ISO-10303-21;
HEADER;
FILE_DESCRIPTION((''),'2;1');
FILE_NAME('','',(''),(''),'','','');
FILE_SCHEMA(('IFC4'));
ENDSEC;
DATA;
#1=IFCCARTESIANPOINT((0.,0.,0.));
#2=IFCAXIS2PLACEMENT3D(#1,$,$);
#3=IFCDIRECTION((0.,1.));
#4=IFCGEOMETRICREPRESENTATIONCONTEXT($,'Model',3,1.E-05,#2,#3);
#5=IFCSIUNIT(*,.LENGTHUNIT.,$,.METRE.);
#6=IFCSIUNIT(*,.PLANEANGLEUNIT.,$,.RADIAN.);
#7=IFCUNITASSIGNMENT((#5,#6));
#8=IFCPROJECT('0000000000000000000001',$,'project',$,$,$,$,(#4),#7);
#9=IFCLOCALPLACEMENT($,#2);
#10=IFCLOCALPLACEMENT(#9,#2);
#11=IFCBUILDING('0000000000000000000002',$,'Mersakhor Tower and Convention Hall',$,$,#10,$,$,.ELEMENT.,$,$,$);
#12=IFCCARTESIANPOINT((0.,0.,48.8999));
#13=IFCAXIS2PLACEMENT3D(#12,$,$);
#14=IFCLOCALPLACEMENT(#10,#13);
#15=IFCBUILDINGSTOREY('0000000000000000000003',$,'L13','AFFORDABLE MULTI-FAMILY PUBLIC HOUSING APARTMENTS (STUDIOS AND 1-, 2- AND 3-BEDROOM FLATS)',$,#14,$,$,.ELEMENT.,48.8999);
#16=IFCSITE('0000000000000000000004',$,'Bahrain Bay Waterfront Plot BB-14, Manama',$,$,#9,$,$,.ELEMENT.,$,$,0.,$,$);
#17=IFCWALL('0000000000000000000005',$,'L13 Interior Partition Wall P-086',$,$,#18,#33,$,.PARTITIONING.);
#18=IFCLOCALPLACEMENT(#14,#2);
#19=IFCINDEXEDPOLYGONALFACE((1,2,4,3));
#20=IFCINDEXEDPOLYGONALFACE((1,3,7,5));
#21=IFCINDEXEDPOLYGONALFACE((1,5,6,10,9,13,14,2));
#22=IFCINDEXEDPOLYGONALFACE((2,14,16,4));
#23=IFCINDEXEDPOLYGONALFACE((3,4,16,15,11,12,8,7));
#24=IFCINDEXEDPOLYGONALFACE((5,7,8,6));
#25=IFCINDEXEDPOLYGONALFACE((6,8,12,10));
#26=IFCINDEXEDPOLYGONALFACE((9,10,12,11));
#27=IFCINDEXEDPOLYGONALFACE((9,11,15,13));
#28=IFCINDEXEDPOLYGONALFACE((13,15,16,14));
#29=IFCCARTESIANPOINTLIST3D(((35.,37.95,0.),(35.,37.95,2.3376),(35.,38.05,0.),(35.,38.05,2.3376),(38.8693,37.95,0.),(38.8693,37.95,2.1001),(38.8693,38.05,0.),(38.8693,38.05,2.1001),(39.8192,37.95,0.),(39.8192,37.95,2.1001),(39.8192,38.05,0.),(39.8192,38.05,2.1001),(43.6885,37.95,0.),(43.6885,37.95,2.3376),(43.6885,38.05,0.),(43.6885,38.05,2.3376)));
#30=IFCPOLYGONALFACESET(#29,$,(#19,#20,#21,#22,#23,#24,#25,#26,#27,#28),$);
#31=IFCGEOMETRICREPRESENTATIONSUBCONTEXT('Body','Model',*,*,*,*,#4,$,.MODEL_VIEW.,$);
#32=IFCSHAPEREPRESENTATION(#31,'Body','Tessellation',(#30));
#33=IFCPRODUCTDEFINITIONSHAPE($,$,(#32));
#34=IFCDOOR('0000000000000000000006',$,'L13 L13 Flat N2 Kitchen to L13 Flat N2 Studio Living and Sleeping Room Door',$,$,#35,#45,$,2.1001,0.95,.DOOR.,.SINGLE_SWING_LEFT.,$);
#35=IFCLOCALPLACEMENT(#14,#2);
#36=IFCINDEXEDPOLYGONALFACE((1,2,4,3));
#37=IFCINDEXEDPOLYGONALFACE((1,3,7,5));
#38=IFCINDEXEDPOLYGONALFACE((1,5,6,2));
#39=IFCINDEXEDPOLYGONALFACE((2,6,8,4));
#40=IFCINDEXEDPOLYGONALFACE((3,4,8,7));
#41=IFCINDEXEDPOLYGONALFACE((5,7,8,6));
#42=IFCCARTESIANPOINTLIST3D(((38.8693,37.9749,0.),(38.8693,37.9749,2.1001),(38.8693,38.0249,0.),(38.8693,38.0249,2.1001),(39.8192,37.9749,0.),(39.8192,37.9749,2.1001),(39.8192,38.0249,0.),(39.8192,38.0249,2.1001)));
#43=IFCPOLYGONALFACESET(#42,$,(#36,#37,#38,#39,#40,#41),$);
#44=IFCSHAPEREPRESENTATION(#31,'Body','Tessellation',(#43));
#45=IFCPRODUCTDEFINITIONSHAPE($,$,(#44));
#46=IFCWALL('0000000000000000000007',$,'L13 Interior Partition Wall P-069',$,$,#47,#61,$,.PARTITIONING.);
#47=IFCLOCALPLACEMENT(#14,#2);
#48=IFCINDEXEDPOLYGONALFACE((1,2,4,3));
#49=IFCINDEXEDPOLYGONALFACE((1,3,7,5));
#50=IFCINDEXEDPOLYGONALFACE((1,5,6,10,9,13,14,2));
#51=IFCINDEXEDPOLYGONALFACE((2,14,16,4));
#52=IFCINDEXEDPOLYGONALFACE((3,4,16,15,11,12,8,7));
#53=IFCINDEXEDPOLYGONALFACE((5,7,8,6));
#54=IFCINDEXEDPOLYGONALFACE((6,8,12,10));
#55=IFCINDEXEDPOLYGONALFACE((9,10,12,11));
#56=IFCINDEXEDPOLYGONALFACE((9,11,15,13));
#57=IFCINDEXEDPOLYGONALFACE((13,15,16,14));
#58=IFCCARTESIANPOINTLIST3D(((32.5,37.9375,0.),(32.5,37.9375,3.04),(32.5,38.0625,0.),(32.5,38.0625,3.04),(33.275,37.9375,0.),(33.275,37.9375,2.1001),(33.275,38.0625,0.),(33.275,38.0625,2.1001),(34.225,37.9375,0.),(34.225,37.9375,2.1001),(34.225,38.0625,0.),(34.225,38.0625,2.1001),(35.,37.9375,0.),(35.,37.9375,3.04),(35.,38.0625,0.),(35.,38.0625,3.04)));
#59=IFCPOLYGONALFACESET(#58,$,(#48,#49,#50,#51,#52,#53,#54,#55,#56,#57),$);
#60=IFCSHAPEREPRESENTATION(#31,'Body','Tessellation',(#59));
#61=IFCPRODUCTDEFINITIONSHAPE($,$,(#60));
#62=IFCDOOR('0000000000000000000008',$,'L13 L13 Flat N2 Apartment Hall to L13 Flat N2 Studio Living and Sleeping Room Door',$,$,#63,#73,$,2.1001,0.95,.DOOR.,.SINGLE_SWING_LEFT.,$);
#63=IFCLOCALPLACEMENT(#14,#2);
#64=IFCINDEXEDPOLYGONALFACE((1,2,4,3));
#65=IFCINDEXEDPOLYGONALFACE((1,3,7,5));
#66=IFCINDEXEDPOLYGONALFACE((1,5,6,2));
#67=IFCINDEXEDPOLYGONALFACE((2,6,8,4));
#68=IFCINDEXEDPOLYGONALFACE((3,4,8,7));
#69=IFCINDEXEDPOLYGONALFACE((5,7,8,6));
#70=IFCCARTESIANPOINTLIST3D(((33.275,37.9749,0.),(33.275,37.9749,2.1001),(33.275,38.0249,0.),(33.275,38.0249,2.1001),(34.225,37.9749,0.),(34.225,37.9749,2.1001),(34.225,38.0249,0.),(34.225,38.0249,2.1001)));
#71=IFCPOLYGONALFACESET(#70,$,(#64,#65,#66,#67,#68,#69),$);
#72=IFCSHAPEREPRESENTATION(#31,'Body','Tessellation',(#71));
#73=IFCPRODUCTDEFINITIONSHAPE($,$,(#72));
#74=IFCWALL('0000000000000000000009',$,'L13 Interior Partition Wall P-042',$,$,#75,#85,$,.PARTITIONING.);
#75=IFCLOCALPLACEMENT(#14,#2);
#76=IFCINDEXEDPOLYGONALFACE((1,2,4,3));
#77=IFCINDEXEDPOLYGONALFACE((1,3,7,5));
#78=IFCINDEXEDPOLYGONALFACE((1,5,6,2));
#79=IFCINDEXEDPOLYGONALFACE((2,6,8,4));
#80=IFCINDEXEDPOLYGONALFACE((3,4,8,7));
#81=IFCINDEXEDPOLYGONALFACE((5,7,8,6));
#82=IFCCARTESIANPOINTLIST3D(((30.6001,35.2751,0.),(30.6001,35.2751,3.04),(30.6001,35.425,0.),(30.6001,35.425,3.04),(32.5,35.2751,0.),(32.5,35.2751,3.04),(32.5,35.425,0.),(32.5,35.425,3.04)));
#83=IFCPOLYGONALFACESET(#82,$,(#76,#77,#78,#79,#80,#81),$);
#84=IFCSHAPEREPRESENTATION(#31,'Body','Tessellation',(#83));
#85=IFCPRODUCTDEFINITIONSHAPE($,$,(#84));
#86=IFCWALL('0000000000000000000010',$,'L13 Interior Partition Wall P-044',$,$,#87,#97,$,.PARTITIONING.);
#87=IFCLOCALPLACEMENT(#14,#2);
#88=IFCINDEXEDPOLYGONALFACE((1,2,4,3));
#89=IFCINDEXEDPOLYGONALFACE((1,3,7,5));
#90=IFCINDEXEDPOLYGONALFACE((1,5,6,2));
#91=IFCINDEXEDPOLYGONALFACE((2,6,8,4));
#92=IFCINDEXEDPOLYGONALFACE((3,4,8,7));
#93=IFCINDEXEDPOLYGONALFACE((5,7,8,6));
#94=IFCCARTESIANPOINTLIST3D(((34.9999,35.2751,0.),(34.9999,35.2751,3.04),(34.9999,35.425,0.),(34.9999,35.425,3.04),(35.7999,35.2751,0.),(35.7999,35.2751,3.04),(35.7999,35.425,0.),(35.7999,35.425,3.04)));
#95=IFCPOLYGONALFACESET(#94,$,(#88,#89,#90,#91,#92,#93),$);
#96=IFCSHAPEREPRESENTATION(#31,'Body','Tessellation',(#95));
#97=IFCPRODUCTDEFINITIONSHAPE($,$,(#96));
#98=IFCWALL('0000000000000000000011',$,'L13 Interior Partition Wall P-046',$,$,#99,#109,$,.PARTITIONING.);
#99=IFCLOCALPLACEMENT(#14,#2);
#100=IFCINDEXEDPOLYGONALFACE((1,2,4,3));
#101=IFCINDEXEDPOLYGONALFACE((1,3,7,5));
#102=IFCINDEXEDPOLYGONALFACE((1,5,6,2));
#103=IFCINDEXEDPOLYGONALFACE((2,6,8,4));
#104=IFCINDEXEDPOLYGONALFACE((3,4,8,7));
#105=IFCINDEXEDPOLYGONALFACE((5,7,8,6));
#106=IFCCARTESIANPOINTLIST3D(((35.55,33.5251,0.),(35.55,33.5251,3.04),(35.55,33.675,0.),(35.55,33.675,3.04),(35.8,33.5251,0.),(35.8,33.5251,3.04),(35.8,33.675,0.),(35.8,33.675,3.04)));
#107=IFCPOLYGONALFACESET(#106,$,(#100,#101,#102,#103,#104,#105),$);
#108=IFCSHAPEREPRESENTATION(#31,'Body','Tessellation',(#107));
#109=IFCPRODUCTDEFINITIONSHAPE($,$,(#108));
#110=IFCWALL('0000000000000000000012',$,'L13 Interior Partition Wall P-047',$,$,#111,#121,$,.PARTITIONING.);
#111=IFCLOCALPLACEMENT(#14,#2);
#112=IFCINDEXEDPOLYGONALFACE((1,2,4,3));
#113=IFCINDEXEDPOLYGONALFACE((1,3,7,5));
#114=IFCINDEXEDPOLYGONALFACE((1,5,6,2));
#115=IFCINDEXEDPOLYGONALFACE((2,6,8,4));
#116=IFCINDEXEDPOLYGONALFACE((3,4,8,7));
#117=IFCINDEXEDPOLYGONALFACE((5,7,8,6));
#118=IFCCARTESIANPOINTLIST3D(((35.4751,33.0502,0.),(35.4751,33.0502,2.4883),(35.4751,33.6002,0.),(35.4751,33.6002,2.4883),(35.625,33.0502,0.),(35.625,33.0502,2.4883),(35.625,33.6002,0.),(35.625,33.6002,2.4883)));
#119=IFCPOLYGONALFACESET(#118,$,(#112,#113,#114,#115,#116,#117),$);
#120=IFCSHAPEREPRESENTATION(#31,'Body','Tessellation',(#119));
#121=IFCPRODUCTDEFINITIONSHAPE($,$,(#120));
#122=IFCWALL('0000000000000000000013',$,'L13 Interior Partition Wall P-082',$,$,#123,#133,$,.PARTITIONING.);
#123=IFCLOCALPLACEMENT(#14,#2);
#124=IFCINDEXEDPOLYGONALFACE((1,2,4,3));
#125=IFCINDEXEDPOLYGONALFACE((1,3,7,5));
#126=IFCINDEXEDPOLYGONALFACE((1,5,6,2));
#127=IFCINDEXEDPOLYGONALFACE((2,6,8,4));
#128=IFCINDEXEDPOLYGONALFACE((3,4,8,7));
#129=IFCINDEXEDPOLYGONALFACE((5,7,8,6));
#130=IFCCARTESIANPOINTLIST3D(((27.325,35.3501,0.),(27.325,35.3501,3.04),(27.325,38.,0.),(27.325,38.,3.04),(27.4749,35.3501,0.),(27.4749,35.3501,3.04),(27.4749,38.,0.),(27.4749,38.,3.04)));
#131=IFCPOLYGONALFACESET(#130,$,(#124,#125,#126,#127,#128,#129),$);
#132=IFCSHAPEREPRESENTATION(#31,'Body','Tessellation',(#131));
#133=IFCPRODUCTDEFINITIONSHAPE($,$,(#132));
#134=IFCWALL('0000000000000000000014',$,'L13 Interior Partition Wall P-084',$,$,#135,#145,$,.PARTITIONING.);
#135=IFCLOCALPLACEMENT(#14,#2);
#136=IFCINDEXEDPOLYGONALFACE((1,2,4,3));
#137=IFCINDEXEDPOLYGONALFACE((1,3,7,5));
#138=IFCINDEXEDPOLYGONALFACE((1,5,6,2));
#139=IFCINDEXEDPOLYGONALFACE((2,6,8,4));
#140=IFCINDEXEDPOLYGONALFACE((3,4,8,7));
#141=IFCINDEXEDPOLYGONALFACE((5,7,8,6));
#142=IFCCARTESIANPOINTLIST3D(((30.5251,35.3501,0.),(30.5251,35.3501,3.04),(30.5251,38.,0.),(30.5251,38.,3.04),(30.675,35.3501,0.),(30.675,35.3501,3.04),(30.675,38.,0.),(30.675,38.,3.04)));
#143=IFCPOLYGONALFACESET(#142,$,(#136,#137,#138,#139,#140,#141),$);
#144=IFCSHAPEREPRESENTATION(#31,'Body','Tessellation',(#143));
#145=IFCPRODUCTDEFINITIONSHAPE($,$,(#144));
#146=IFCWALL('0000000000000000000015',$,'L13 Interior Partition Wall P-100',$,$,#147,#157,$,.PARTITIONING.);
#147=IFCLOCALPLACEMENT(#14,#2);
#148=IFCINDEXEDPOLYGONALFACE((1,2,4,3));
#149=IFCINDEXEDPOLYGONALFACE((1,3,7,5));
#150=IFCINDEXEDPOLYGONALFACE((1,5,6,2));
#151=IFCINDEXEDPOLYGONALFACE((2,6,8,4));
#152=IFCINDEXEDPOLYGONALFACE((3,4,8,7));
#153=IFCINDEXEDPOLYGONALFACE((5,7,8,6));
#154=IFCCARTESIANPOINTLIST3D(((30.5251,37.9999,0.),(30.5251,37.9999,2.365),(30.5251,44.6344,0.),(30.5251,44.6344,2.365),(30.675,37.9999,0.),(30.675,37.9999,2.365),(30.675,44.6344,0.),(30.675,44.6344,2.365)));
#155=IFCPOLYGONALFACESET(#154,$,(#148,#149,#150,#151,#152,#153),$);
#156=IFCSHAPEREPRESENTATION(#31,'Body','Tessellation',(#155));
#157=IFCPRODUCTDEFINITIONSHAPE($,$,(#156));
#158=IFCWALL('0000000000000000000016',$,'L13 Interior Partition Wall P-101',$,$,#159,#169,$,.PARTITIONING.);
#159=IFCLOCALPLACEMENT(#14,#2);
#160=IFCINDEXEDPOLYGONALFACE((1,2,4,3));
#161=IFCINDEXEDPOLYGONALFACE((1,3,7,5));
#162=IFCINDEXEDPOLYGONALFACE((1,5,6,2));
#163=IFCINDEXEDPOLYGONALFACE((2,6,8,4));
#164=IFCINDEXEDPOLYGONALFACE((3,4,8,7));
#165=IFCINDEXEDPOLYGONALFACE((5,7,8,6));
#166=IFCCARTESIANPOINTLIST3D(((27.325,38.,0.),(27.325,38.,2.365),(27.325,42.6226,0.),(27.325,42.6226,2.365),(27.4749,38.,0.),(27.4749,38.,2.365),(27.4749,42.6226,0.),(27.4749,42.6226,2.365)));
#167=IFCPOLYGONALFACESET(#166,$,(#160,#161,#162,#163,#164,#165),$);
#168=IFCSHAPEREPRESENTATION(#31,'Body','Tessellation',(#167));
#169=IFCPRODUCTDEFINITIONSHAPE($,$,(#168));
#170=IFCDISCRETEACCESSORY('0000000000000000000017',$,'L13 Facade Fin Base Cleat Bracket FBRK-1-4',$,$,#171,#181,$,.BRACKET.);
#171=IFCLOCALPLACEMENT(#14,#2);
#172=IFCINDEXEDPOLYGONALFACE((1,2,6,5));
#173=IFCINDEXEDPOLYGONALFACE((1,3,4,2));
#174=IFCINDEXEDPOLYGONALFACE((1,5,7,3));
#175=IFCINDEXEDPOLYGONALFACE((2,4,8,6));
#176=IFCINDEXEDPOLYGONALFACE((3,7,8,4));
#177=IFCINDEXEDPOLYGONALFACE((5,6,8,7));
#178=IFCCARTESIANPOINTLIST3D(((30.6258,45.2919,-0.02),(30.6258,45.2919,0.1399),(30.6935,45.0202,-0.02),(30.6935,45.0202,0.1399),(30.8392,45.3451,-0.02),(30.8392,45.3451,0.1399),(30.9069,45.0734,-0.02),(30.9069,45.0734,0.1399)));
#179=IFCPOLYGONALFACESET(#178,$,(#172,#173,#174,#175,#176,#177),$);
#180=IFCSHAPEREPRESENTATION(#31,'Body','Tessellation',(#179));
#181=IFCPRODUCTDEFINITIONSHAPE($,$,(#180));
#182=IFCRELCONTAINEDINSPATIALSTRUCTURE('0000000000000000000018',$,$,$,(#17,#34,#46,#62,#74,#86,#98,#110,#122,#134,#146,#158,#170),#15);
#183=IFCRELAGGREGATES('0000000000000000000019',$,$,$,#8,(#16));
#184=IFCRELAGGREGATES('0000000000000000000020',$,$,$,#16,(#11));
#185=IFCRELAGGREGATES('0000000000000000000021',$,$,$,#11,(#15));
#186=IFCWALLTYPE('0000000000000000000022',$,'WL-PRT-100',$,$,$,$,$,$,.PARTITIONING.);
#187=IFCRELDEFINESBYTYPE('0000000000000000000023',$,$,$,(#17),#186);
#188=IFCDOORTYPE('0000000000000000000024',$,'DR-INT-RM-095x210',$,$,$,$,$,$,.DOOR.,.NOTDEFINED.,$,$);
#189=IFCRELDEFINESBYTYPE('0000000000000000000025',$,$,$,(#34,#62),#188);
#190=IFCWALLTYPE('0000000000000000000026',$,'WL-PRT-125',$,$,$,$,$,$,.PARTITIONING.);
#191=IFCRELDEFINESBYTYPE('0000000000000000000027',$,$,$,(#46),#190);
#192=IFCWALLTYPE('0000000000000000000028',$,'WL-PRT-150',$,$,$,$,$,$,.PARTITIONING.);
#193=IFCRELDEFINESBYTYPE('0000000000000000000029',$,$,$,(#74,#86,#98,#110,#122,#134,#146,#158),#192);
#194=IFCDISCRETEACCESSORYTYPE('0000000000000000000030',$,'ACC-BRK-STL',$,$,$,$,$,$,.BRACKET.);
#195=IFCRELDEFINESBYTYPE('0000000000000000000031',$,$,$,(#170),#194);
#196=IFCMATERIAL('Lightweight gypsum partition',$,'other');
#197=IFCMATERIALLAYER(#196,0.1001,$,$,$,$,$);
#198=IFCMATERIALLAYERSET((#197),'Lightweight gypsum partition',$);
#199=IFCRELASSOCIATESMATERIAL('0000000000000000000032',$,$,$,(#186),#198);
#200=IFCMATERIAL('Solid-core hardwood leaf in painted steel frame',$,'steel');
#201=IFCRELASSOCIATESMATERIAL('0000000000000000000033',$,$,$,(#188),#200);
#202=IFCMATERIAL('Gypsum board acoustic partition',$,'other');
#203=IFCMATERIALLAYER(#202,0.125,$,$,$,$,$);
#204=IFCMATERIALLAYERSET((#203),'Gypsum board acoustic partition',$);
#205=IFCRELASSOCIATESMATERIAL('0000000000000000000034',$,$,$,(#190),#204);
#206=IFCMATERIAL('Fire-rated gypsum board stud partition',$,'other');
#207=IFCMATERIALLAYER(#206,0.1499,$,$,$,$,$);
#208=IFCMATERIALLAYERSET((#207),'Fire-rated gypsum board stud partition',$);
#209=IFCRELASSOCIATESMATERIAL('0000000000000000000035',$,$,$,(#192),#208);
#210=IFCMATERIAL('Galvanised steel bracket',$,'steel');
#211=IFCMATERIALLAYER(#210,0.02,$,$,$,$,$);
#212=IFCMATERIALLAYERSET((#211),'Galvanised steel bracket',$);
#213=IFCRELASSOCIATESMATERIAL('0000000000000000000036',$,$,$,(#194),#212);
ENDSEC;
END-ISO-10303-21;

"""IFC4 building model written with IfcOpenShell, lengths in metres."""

from ifc_helpers import new_model, si_unit, direction, frame, frame_2d, origin, origin_2d, place, context, subcontext, project, spatial, rectangle, extrude, material, layer, layer_set, type_object, element, fill, save


model = new_model("IFC4")

# Units and contexts
model_context = context("Model", 3, precision=1e-05, world=origin(), true_north=direction((0.0, 1.0)))
body_context = subcontext(model_context, "Body", "Model", "MODEL_VIEW")
ifc_project = project(units=[si_unit("LENGTHUNIT", "METRE"), si_unit("PLANEANGLEUNIT", "RADIAN")], contexts=[model_context])

# Site, building, storey
site_placement = place(None, origin())
site = spatial("IfcSite", under=ifc_project, at=site_placement, Name="Bahrain Bay Waterfront Plot BB-14, Manama", CompositionType="ELEMENT", RefElevation=0.0)
building_placement = place(site_placement, origin())
building = spatial("IfcBuilding", under=site, at=building_placement, Name="Mersakhor Tower and Convention Hall", CompositionType="ELEMENT")
storey_placement = place(building_placement, frame((0.0, 0.0, 48.8999)))
storey = spatial("IfcBuildingStorey", under=building, at=storey_placement, Name="L13", Description="AFFORDABLE MULTI-FAMILY PUBLIC HOUSING APARTMENTS (STUDIOS AND 1-, 2- AND 3-BEDROOM FLATS)", CompositionType="ELEMENT", Elevation=48.8999)

# Walls, openings, doors
ifc_material_1 = material(Name="Lightweight gypsum partition", Category="other")
ifc_layer_1 = layer(ifc_material_1, 0.1001)
ifc_layer_set_1 = layer_set([ifc_layer_1], Name="Lightweight gypsum partition")
wall_type_1 = type_object("IfcWallType", Name="WL-PRT-100", PredefinedType="PARTITIONING", material=ifc_layer_set_1)
ifc_material_2 = material(Name="Solid-core hardwood leaf in painted steel frame", Category="steel")
door_type_1 = type_object("IfcDoorType", Name="DR-INT-RM-095x210", OperationType="NOTDEFINED", PredefinedType="DOOR", material=ifc_material_2)
wall_1_placement = place(storey_placement, frame((35.0, 38.0, 0.0), z_axis=(0.0, 0.0, 1.0), x_axis=(1.0, 0.0, 0.0)))
wall_1 = element("IfcWall", 1, at=wall_1_placement, inside=storey, type_object=wall_type_1, Name="L13 Interior Partition Wall P-086", PredefinedType="PARTITIONING", context=body_context, shape_type="SweptSolid", body=[
    extrude(rectangle(XDim=8.6885, YDim=0.1001, at=frame_2d((4.3442, 0.0))), origin(), (0.0, 0.0, 1.0), 2.3376),
])
opening_1_placement = place(wall_1_placement, frame((3.8691, 0.0, 0.0)))
opening_1 = element("IfcOpeningElement", 2, at=opening_1_placement, cuts=wall_1, PredefinedType="OPENING", context=body_context, shape_type="SweptSolid", body=[
    extrude(rectangle(XDim=0.95, YDim=2.1001, at=frame_2d((0.4751, 1.05))), frame((0.0, 0.0601, 0.0), z_axis=(0.0, -1.0, 0.0), x_axis=(1.0, 0.0, 0.0)), (0.0, 0.0, 1.0), 0.1201),
])
door_1_placement = place(opening_1_placement, origin())
door_1 = element("IfcDoor", 3, at=door_1_placement, inside=storey, type_object=door_type_1, Name="L13 L13 Flat N2 Kitchen to L13 Flat N2 Studio Living and Sleeping Room Door", OperationType="SINGLE_SWING_LEFT", OverallHeight=2.1001, OverallWidth=0.95, PredefinedType="DOOR", context=body_context, shape_type="SweptSolid", body=[
    extrude(rectangle(XDim=0.95, YDim=2.1001, at=frame_2d((0.4751, 1.05))), frame((0.0, 0.0249, 0.0), z_axis=(0.0, -1.0, 0.0), x_axis=(1.0, 0.0, 0.0)), (0.0, 0.0, 1.0), 0.05),
])
fill(opening_1, door_1)
ifc_material_3 = material(Name="Gypsum board acoustic partition", Category="other")
ifc_layer_2 = layer(ifc_material_3, 0.125)
ifc_layer_set_2 = layer_set([ifc_layer_2], Name="Gypsum board acoustic partition")
wall_type_2 = type_object("IfcWallType", Name="WL-PRT-125", PredefinedType="PARTITIONING", material=ifc_layer_set_2)
wall_2_placement = place(storey_placement, frame((32.5, 38.0, 0.0), z_axis=(0.0, 0.0, 1.0), x_axis=(1.0, 0.0, 0.0)))
wall_2 = element("IfcWall", 4, at=wall_2_placement, inside=storey, type_object=wall_type_2, Name="L13 Interior Partition Wall P-069", PredefinedType="PARTITIONING", context=body_context, shape_type="SweptSolid", body=[
    extrude(rectangle(XDim=2.5, YDim=0.125, at=frame_2d((1.25, 0.0))), origin(), (0.0, 0.0, 1.0), 3.04),
])
opening_2_placement = place(wall_2_placement, frame((0.7749, 0.0, 0.0)))
opening_2 = element("IfcOpeningElement", 5, at=opening_2_placement, cuts=wall_2, PredefinedType="OPENING", context=body_context, shape_type="SweptSolid", body=[
    extrude(rectangle(XDim=0.95, YDim=2.1001, at=frame_2d((0.4751, 1.05))), frame((0.0, 0.0725, 0.0), z_axis=(0.0, -1.0, 0.0), x_axis=(1.0, 0.0, 0.0)), (0.0, 0.0, 1.0), 0.145),
])
door_2_placement = place(opening_2_placement, origin())
door_2 = element("IfcDoor", 6, at=door_2_placement, inside=storey, type_object=door_type_1, Name="L13 L13 Flat N2 Apartment Hall to L13 Flat N2 Studio Living and Sleeping Room Door", OperationType="SINGLE_SWING_LEFT", OverallHeight=2.1001, OverallWidth=0.95, PredefinedType="DOOR", context=body_context, shape_type="SweptSolid", body=[
    extrude(rectangle(XDim=0.95, YDim=2.1001, at=frame_2d((0.4751, 1.05))), frame((0.0, 0.0249, 0.0), z_axis=(0.0, -1.0, 0.0), x_axis=(1.0, 0.0, 0.0)), (0.0, 0.0, 1.0), 0.05),
])
fill(opening_2, door_2)
ifc_material_4 = material(Name="Fire-rated gypsum board stud partition", Category="other")
ifc_layer_3 = layer(ifc_material_4, 0.1499)
ifc_layer_set_3 = layer_set([ifc_layer_3], Name="Fire-rated gypsum board stud partition")
wall_type_3 = type_object("IfcWallType", Name="WL-PRT-150", PredefinedType="PARTITIONING", material=ifc_layer_set_3)

# Wall
wall_3_placement = place(storey_placement, frame((30.6001, 35.3501, 0.0), z_axis=(0.0, 0.0, 1.0), x_axis=(1.0, 0.0, 0.0)))
element("IfcWall", 7, at=wall_3_placement, inside=storey, type_object=wall_type_3, Name="L13 Interior Partition Wall P-042", PredefinedType="PARTITIONING", context=body_context, shape_type="SweptSolid", body=[
    extrude(rectangle(XDim=1.8999, YDim=0.1499, at=frame_2d((0.95, 0.0))), origin(), (0.0, 0.0, 1.0), 3.04),
])

# Wall
wall_4_placement = place(storey_placement, frame((35.0, 35.3501, 0.0), z_axis=(0.0, 0.0, 1.0), x_axis=(1.0, 0.0, 0.0)))
element("IfcWall", 8, at=wall_4_placement, inside=storey, type_object=wall_type_3, Name="L13 Interior Partition Wall P-044", PredefinedType="PARTITIONING", context=body_context, shape_type="SweptSolid", body=[
    extrude(rectangle(XDim=0.8, YDim=0.1499, at=frame_2d((0.3999, 0.0))), origin(), (0.0, 0.0, 1.0), 3.04),
])

# Walls
wall_5_placement = place(storey_placement, frame((35.8, 33.6001, 0.0), z_axis=(0.0, 0.0, 1.0), x_axis=(-1.0, 0.0, 0.0)))
element("IfcWall", 9, at=wall_5_placement, inside=storey, type_object=wall_type_3, Name="L13 Interior Partition Wall P-046", PredefinedType="PARTITIONING", context=body_context, shape_type="SweptSolid", body=[
    extrude(rectangle(XDim=0.25, YDim=0.1499, at=frame_2d((0.125, 0.0))), origin(), (0.0, 0.0, 1.0), 3.04),
])
wall_6_placement = place(storey_placement, frame((35.55, 33.6001, 0.0), z_axis=(0.0, 0.0, 1.0), x_axis=(0.0, -1.0, 0.0)))
element("IfcWall", 10, at=wall_6_placement, inside=storey, type_object=wall_type_3, Name="L13 Interior Partition Wall P-047", PredefinedType="PARTITIONING", context=body_context, shape_type="SweptSolid", body=[
    extrude(rectangle(XDim=0.55, YDim=0.1499, at=frame_2d((0.2749, 0.0))), origin(), (0.0, 0.0, 1.0), 2.4883),
])
for number, where, z_axis, x_axis, name in (
    (11, (27.3999, 38.0, 0.0), (0.0, 0.0, 1.0), (0.0, -1.0, 0.0), "L13 Interior Partition Wall P-082"),
    (12, (30.6001, 35.3501, 0.0), (0.0, 0.0, 1.0), (0.0, 1.0, 0.0), "L13 Interior Partition Wall P-084"),
):
    element("IfcWall", number, at=place(storey_placement, frame(where, z_axis=z_axis, x_axis=x_axis)), inside=storey, type_object=wall_type_3, Name=name, PredefinedType="PARTITIONING", context=body_context, shape_type="SweptSolid", body=[
        extrude(rectangle(XDim=2.6499, YDim=0.1499, at=frame_2d((1.325, 0.0))), origin(), (0.0, 0.0, 1.0), 3.04),
    ])
wall_7_placement = place(storey_placement, frame((30.6001, 44.6345, 0.0), z_axis=(0.0, 0.0, 1.0), x_axis=(0.0, -1.0, 0.0)))
element("IfcWall", 13, at=wall_7_placement, inside=storey, type_object=wall_type_3, Name="L13 Interior Partition Wall P-100", PredefinedType="PARTITIONING", context=body_context, shape_type="SweptSolid", body=[
    extrude(rectangle(XDim=6.6345, YDim=0.1499, at=frame_2d((3.3174, 0.0))), origin(), (0.0, 0.0, 1.0), 2.365),
])
wall_8_placement = place(storey_placement, frame((27.3999, 38.0, 0.0), z_axis=(0.0, 0.0, 1.0), x_axis=(0.0, 1.0, 0.0)))
element("IfcWall", 14, at=wall_8_placement, inside=storey, type_object=wall_type_3, Name="L13 Interior Partition Wall P-101", PredefinedType="PARTITIONING", context=body_context, shape_type="SweptSolid", body=[
    extrude(rectangle(XDim=4.6226, YDim=0.1499, at=frame_2d((2.3113, 0.0))), origin(), (0.0, 0.0, 1.0), 2.365),
])

# Discrete accessory
ifc_material_5 = material(Name="Galvanised steel bracket", Category="steel")
ifc_layer_4 = layer(ifc_material_5, 0.02)
ifc_layer_set_4 = layer_set([ifc_layer_4], Name="Galvanised steel bracket")
discrete_accessory_type = type_object("IfcDiscreteAccessoryType", Name="ACC-BRK-STL", PredefinedType="BRACKET", material=ifc_layer_set_4)
discrete_accessory_placement = place(storey_placement, frame((30.7664, 45.1826, -0.02), z_axis=(0.0, 0.0, 1.0), x_axis=(-0.241922, 0.970296, 0.0)))
element("IfcDiscreteAccessory", 15, at=discrete_accessory_placement, inside=storey, type_object=discrete_accessory_type, Name="L13 Facade Fin Base Cleat Bracket FBRK-1-4", PredefinedType="BRACKET", context=body_context, shape_type="SweptSolid", body=[
    extrude(rectangle(XDim=0.28, YDim=0.22, at=origin_2d()), origin(), (0.0, 0.0, 1.0), 0.1599),
])

save(model, "model.ifc")
